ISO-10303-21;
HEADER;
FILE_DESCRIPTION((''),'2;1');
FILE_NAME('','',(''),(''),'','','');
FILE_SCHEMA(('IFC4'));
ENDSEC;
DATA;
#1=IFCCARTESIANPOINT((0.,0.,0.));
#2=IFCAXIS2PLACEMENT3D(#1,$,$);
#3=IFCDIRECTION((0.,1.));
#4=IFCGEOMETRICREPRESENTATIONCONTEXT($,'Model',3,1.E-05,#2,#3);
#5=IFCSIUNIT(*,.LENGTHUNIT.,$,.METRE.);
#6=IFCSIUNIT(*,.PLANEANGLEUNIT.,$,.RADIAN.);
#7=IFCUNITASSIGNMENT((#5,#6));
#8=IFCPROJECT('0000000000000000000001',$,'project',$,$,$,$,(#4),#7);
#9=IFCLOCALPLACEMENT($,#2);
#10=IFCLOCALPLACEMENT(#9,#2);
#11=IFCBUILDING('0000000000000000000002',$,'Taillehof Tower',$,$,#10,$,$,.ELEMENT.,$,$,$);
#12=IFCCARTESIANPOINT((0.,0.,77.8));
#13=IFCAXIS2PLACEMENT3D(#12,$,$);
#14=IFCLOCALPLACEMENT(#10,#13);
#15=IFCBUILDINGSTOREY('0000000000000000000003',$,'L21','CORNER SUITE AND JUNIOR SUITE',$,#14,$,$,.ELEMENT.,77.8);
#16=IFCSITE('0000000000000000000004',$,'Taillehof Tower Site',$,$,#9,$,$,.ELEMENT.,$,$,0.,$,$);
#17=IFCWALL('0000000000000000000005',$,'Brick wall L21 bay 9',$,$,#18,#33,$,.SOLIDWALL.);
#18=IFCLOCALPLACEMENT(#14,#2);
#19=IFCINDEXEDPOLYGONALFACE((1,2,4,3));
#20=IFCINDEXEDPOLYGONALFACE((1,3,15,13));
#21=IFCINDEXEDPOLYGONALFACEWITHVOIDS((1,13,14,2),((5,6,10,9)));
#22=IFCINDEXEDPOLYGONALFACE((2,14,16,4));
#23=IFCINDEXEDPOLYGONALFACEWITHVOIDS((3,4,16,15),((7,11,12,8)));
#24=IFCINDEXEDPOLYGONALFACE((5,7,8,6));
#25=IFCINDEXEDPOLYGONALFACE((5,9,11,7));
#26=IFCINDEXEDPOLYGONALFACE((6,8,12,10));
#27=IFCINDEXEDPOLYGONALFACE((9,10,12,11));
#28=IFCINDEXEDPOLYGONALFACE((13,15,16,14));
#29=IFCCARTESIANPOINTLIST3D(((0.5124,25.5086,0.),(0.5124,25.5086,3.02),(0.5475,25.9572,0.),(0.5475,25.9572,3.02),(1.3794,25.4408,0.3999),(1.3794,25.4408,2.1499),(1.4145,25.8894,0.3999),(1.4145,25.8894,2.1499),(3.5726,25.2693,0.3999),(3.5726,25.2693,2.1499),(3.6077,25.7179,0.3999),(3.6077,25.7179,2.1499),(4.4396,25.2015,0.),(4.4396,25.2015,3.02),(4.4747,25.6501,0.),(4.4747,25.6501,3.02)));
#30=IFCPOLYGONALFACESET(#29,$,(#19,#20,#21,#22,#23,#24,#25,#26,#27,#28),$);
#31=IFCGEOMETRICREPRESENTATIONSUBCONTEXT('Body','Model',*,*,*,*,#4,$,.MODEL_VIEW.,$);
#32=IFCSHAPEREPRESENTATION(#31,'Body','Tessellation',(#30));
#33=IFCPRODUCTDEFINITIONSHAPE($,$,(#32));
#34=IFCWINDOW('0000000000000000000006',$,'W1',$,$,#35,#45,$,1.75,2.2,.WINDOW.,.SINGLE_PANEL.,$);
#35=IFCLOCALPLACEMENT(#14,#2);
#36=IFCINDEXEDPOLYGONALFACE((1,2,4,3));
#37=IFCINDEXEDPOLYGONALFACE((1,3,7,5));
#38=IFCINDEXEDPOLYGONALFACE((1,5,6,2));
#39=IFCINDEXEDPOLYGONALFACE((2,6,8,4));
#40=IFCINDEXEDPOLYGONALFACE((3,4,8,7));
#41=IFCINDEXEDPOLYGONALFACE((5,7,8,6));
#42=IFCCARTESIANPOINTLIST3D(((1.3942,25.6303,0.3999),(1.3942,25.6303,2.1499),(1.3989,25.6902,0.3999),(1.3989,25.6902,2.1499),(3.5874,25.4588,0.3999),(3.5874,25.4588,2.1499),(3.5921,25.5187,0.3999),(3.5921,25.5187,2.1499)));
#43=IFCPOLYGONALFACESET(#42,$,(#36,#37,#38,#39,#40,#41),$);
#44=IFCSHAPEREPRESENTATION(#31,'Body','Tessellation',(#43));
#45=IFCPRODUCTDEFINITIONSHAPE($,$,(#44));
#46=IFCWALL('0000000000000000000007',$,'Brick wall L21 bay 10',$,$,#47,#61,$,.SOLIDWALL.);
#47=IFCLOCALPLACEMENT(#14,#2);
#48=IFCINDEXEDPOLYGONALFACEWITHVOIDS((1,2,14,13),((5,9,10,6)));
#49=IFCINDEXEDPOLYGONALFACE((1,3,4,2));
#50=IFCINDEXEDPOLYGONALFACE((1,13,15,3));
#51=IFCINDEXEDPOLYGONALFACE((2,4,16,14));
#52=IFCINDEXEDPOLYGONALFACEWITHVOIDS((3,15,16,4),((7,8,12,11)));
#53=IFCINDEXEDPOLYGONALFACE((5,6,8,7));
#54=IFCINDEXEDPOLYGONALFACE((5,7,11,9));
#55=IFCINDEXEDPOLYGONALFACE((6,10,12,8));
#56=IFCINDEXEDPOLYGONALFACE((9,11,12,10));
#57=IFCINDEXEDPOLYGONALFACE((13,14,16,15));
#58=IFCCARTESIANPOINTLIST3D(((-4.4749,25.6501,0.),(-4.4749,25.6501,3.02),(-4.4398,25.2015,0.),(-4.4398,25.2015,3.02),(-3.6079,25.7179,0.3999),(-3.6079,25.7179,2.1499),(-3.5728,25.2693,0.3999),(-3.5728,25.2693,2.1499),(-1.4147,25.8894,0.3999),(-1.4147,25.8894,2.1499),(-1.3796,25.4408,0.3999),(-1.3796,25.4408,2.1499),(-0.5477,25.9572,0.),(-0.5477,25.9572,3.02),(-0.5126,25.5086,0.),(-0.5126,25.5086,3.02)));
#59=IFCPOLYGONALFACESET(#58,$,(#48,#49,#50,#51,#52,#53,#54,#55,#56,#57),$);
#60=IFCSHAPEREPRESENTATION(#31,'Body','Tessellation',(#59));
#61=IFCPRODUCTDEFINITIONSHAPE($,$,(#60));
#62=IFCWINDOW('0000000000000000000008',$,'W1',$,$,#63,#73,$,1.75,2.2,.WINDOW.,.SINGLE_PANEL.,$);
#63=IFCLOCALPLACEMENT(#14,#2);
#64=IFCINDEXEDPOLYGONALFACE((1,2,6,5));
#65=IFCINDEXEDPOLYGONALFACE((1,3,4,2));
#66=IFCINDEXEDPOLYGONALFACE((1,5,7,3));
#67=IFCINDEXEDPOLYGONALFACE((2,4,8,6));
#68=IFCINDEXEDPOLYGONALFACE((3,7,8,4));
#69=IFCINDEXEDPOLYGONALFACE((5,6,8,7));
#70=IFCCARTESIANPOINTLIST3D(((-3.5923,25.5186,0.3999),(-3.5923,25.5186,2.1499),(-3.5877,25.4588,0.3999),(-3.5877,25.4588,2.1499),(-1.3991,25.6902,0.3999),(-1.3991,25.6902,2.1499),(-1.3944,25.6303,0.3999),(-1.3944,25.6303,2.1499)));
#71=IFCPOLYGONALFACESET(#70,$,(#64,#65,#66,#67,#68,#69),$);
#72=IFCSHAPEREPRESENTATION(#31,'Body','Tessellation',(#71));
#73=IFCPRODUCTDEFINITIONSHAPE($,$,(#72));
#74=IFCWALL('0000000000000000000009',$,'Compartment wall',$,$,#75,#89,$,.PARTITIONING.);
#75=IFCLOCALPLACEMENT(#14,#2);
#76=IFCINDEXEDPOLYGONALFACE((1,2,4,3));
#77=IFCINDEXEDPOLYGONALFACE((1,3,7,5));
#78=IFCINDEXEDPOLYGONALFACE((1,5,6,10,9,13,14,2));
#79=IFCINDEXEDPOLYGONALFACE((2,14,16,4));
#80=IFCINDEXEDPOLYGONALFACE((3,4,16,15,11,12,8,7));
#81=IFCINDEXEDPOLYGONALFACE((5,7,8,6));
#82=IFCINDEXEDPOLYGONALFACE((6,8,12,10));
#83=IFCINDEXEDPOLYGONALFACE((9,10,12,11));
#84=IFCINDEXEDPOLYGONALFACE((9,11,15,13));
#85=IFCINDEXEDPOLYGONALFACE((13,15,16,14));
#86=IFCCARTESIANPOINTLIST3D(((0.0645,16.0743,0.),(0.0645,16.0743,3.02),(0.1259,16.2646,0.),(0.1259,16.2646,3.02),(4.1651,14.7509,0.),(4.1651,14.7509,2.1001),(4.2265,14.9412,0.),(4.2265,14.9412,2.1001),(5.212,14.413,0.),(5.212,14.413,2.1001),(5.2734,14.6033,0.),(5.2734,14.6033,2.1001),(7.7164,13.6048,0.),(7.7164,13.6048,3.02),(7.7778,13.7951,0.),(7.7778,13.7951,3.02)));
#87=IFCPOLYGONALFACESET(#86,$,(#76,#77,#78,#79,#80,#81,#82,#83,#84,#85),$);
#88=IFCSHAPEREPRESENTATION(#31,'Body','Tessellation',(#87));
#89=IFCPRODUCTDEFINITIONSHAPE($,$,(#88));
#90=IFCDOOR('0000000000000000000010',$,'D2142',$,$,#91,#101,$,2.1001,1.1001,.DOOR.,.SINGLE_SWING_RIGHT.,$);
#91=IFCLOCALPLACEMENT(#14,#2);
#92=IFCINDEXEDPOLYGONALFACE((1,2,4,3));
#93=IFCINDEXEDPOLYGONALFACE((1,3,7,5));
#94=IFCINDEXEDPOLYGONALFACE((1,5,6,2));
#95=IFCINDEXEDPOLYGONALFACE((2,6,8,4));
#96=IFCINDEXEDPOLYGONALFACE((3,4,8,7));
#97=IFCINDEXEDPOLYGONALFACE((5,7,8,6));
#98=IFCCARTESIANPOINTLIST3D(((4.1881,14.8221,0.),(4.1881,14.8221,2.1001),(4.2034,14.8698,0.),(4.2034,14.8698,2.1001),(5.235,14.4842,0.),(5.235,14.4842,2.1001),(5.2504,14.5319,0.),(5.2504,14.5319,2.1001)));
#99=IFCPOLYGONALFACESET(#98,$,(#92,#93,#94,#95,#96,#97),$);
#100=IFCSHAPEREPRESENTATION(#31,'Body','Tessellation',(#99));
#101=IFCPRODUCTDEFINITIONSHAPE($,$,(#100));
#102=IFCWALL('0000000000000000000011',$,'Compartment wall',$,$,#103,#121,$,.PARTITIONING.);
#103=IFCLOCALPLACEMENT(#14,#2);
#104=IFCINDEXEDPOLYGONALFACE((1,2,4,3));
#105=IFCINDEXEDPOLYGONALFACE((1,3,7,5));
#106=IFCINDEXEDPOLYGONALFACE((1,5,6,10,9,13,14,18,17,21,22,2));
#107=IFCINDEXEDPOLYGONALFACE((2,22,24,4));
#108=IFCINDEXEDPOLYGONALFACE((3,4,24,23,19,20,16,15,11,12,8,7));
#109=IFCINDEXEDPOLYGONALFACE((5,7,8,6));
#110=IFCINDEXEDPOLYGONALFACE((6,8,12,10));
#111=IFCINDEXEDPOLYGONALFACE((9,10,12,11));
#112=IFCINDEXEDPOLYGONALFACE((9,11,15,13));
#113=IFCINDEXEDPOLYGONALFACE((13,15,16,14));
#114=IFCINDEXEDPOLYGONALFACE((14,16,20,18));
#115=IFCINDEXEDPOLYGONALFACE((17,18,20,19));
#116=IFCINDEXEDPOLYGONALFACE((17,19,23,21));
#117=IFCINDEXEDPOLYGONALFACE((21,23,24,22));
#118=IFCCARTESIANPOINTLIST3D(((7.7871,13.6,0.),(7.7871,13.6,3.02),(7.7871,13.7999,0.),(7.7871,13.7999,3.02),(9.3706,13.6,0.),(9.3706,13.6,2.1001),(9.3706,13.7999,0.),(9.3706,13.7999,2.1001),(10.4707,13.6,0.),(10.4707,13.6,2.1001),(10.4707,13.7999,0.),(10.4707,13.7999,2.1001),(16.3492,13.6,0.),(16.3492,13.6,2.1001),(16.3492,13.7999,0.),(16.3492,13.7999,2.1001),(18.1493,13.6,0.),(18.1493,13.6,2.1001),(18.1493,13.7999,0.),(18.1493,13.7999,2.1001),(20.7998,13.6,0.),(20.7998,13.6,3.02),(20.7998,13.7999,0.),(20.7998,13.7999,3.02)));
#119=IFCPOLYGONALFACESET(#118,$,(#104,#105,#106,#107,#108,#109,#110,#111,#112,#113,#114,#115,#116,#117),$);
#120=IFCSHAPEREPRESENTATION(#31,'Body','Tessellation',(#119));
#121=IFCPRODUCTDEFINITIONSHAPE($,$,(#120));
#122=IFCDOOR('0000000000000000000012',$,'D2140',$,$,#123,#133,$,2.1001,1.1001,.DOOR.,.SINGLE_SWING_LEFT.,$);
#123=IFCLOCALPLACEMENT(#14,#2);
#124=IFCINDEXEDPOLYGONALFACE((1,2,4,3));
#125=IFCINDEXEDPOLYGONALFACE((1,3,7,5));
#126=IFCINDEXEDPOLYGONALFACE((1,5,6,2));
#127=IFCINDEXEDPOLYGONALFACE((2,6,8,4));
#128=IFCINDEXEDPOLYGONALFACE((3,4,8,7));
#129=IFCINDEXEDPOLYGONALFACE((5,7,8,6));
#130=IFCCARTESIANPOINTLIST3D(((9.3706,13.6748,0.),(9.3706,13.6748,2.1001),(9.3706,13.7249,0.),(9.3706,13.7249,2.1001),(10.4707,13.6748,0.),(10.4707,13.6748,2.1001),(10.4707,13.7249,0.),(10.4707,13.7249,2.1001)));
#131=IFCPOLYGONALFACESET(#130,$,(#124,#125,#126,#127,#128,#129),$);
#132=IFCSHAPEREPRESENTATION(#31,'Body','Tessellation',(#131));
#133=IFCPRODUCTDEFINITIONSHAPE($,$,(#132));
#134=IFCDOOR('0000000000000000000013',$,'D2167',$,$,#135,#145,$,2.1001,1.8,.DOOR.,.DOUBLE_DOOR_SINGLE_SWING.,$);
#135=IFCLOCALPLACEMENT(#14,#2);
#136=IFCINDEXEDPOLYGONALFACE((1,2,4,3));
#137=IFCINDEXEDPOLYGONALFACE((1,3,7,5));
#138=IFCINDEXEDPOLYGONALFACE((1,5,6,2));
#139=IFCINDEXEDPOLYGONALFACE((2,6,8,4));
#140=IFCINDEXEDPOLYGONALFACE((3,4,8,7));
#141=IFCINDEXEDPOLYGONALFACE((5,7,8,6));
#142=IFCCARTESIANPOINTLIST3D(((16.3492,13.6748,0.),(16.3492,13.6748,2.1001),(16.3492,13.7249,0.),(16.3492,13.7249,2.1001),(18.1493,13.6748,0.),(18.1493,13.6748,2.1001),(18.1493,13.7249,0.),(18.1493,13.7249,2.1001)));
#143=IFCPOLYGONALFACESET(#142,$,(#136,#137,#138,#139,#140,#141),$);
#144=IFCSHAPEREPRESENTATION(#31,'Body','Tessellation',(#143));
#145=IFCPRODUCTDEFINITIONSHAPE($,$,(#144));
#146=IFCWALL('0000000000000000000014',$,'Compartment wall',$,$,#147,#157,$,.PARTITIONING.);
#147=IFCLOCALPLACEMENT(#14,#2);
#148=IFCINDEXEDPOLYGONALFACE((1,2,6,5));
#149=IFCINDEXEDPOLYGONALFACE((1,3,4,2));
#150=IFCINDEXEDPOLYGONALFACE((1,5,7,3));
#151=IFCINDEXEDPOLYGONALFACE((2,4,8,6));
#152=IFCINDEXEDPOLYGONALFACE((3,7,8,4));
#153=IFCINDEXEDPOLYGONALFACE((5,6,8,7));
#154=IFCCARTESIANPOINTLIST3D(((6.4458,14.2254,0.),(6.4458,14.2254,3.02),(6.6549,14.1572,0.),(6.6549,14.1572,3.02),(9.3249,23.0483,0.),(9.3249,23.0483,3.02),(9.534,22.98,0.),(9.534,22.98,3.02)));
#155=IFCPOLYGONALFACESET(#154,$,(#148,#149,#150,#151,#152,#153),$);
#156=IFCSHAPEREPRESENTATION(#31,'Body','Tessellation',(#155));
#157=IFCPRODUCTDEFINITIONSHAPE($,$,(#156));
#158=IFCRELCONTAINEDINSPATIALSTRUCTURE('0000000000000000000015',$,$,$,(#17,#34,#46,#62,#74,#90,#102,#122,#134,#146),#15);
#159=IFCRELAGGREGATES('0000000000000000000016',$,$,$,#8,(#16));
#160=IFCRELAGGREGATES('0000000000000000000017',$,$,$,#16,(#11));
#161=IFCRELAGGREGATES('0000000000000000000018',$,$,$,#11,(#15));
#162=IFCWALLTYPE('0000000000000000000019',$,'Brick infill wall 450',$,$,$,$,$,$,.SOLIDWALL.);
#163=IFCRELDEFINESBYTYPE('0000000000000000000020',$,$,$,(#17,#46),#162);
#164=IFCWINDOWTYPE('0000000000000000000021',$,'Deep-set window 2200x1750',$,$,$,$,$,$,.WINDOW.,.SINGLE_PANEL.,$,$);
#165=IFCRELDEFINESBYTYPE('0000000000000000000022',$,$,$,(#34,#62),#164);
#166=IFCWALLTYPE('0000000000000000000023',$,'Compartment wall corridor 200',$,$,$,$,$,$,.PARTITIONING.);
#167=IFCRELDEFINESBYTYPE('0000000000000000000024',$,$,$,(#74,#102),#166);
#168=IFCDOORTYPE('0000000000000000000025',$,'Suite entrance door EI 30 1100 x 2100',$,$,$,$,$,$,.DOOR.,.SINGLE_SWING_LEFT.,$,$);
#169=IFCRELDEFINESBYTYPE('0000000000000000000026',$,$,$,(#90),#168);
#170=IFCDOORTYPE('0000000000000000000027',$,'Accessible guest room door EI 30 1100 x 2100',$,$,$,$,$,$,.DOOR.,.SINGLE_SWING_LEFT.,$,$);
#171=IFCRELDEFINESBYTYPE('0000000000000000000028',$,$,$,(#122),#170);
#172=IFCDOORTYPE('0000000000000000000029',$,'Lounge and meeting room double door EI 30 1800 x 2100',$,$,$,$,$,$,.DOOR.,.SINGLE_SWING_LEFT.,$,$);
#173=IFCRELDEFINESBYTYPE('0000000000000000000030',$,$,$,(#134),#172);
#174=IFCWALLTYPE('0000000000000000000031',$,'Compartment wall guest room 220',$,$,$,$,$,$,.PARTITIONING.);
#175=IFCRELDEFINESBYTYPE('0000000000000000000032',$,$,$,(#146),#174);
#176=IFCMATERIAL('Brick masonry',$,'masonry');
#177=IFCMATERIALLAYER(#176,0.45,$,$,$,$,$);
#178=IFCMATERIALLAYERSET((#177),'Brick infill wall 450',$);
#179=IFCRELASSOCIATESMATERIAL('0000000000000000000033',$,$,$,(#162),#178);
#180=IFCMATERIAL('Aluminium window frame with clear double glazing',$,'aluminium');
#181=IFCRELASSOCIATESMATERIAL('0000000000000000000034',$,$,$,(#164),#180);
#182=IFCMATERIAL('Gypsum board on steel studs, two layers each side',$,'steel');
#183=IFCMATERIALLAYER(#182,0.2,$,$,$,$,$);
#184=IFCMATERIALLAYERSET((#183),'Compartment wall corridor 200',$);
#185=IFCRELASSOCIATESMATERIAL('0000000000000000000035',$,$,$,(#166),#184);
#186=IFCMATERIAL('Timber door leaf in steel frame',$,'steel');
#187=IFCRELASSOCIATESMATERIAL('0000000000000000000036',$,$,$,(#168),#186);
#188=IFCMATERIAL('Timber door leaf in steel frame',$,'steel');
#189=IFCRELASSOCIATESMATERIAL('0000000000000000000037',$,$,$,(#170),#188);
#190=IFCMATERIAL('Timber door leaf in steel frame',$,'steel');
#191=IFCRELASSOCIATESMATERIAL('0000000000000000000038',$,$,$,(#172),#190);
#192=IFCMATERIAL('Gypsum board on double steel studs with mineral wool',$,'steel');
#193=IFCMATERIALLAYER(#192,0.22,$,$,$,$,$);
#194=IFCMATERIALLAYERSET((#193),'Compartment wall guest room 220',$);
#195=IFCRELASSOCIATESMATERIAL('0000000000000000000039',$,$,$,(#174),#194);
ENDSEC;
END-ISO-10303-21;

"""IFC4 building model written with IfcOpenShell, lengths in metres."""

from ifc_helpers import new_model, si_unit, direction, frame, frame_2d, origin, place, context, subcontext, project, spatial, rectangle, extrude, material, layer, layer_set, type_object, element, fill, save


model = new_model("IFC4")

# Units and contexts
model_context = context("Model", 3, precision=1e-05, world=origin(), true_north=direction((0.0, 1.0)))
body_context = subcontext(model_context, "Body", "Model", "MODEL_VIEW")
ifc_project = project(units=[si_unit("LENGTHUNIT", "METRE"), si_unit("PLANEANGLEUNIT", "RADIAN")], contexts=[model_context])

# Site, building, storey
site_placement = place(None, origin())
site = spatial("IfcSite", under=ifc_project, at=site_placement, Name="Taillehof Tower Site", CompositionType="ELEMENT", RefElevation=0.0)
building_placement = place(site_placement, origin())
building = spatial("IfcBuilding", under=site, at=building_placement, Name="Taillehof Tower", CompositionType="ELEMENT")
storey_placement = place(building_placement, frame((0.0, 0.0, 77.8)))
storey = spatial("IfcBuildingStorey", under=building, at=storey_placement, Name="L21", Description="CORNER SUITE AND JUNIOR SUITE", CompositionType="ELEMENT", Elevation=77.8)

# Walls, openings, windows
ifc_material_1 = material(Name="Brick masonry", Category="masonry")
ifc_layer_1 = layer(ifc_material_1, 0.45)
ifc_layer_set_1 = layer_set([ifc_layer_1], Name="Brick infill wall 450")
wall_type_1 = type_object("IfcWallType", Name="Brick infill wall 450", PredefinedType="SOLIDWALL", material=ifc_layer_set_1)
ifc_material_2 = material(Name="Aluminium window frame with clear double glazing", Category="aluminium")
window_type = type_object("IfcWindowType", Name="Deep-set window 2200x1750", PartitioningType="SINGLE_PANEL", PredefinedType="WINDOW", material=ifc_material_2)
wall_1_placement = place(storey_placement, frame((4.4573, 25.4258, 0.0), z_axis=(0.0, 0.0, 1.0), x_axis=(-0.996956, 0.077967, 0.0)))
wall_1 = element("IfcWall", 1, at=wall_1_placement, inside=storey, type_object=wall_type_1, Name="Brick wall L21 bay 9", PredefinedType="SOLIDWALL", context=body_context, shape_type="SweptSolid", body=[
    extrude(rectangle(XDim=3.9392, YDim=0.45, at=frame_2d((1.9697, 0.0))), origin(), (0.0, 0.0, 1.0), 3.02),
])
opening_1_placement = place(wall_1_placement, frame((0.8696, 0.0, 0.3999)))
opening_1 = element("IfcOpeningElement", 2, at=opening_1_placement, cuts=wall_1, PredefinedType="OPENING", context=body_context, shape_type="SweptSolid", body=[
    extrude(rectangle(XDim=2.2, YDim=1.75, at=frame_2d((1.1001, 0.875))), frame((0.0, 0.2349, 0.0), z_axis=(0.0, -1.0, 0.0), x_axis=(1.0, 0.0, 0.0)), (0.0, 0.0, 1.0), 0.47),
])
window_1_placement = place(opening_1_placement, origin())
window_1 = element("IfcWindow", 3, at=window_1_placement, inside=storey, type_object=window_type, Name="W1", OverallHeight=1.75, OverallWidth=2.2, PartitioningType="SINGLE_PANEL", PredefinedType="WINDOW", context=body_context, shape_type="SweptSolid", body=[
    extrude(rectangle(XDim=2.2, YDim=1.75, at=frame_2d((1.1001, 0.875))), frame((0.0, 0.0349, 0.0), z_axis=(0.0, -1.0, 0.0), x_axis=(1.0, 0.0, 0.0)), (0.0, 0.0, 1.0), 0.0601),
])
fill(opening_1, window_1)
wall_2_placement = place(storey_placement, frame((-0.53, 25.7329, 0.0), z_axis=(0.0, 0.0, 1.0), x_axis=(-0.996956, -0.077967, 0.0)))
wall_2 = element("IfcWall", 4, at=wall_2_placement, inside=storey, type_object=wall_type_1, Name="Brick wall L21 bay 10", PredefinedType="SOLIDWALL", context=body_context, shape_type="SweptSolid", body=[
    extrude(rectangle(XDim=3.9392, YDim=0.45, at=frame_2d((1.9697, 0.0))), origin(), (0.0, 0.0, 1.0), 3.02),
])
opening_2_placement = place(wall_2_placement, frame((0.8696, 0.0, 0.3999)))
opening_2 = element("IfcOpeningElement", 5, at=opening_2_placement, cuts=wall_2, PredefinedType="OPENING", context=body_context, shape_type="SweptSolid", body=[
    extrude(rectangle(XDim=2.2, YDim=1.75, at=frame_2d((1.1001, 0.875))), frame((0.0, 0.2349, 0.0), z_axis=(0.0, -1.0, 0.0), x_axis=(1.0, 0.0, 0.0)), (0.0, 0.0, 1.0), 0.47),
])
window_2_placement = place(opening_2_placement, origin())
window_2 = element("IfcWindow", 6, at=window_2_placement, inside=storey, type_object=window_type, Name="W1", OverallHeight=1.75, OverallWidth=2.2, PartitioningType="SINGLE_PANEL", PredefinedType="WINDOW", context=body_context, shape_type="SweptSolid", body=[
    extrude(rectangle(XDim=2.2, YDim=1.75, at=frame_2d((1.1001, 0.875))), frame((0.0, 0.0349, 0.0), z_axis=(0.0, -1.0, 0.0), x_axis=(1.0, 0.0, 0.0)), (0.0, 0.0, 1.0), 0.0601),
])
fill(opening_2, window_2)

# Wall, opening, door
ifc_material_3 = material(Name="Gypsum board on steel studs, two layers each side", Category="steel")
ifc_layer_2 = layer(ifc_material_3, 0.2)
ifc_layer_set_2 = layer_set([ifc_layer_2], Name="Compartment wall corridor 200")
wall_type_2 = type_object("IfcWallType", Name="Compartment wall corridor 200", PredefinedType="PARTITIONING", material=ifc_layer_set_2)
wall_3_placement = place(storey_placement, frame((0.0952, 16.1694, 0.0), z_axis=(0.0, 0.0, 1.0), x_axis=(0.951667, -0.307131, 0.0)))
wall_3 = element("IfcWall", 7, at=wall_3_placement, inside=storey, type_object=wall_type_2, Name="Compartment wall", PredefinedType="PARTITIONING", context=body_context, shape_type="SweptSolid", body=[
    extrude(rectangle(XDim=8.0405, YDim=0.2, at=frame_2d((4.0203, 0.0))), origin(), (0.0, 0.0, 1.0), 3.02),
])
opening_3_placement = place(wall_3_placement, frame((4.3088, 0.0, 0.0)))
opening_3 = element("IfcOpeningElement", 8, at=opening_3_placement, cuts=wall_3, PredefinedType="OPENING", context=body_context, shape_type="SweptSolid", body=[
    extrude(rectangle(XDim=1.1001, YDim=2.1001, at=frame_2d((0.55, 1.05))), frame((0.0, 0.1099, 0.0), z_axis=(0.0, -1.0, 0.0), x_axis=(1.0, 0.0, 0.0)), (0.0, 0.0, 1.0), 0.22),
])
ifc_material_4 = material(Name="Timber door leaf in steel frame", Category="steel")
door_type_1 = type_object("IfcDoorType", Name="Suite entrance door EI 30 1100 x 2100", OperationType="SINGLE_SWING_LEFT", PredefinedType="DOOR", material=ifc_material_4)
door_1_placement = place(opening_3_placement, origin())
door_1 = element("IfcDoor", 9, at=door_1_placement, inside=storey, type_object=door_type_1, Name="D2142", OperationType="SINGLE_SWING_RIGHT", OverallHeight=2.1001, OverallWidth=1.1001, PredefinedType="DOOR", context=body_context, shape_type="SweptSolid", body=[
    extrude(rectangle(XDim=1.1001, YDim=2.1001, at=frame_2d((0.55, 1.05))), frame((0.0, 0.0249, 0.0), z_axis=(0.0, -1.0, 0.0), x_axis=(1.0, 0.0, 0.0)), (0.0, 0.0, 1.0), 0.05),
])
fill(opening_3, door_1)

# Wall, openings, doors
wall_4_placement = place(storey_placement, frame((7.7871, 13.7, 0.0), z_axis=(0.0, 0.0, 1.0), x_axis=(1.0, 0.0, 0.0)))
wall_4 = element("IfcWall", 10, at=wall_4_placement, inside=storey, type_object=wall_type_2, Name="Compartment wall", PredefinedType="PARTITIONING", context=body_context, shape_type="SweptSolid", body=[
    extrude(rectangle(XDim=13.0127, YDim=0.2, at=frame_2d((6.5063, 0.0))), origin(), (0.0, 0.0, 1.0), 3.02),
])
opening_4_placement = place(wall_4_placement, frame((1.5835, 0.0, 0.0)))
opening_4 = element("IfcOpeningElement", 11, at=opening_4_placement, cuts=wall_4, PredefinedType="OPENING", context=body_context, shape_type="SweptSolid", body=[
    extrude(rectangle(XDim=1.1001, YDim=2.1001, at=frame_2d((0.55, 1.05))), frame((0.0, 0.1099, 0.0), z_axis=(0.0, -1.0, 0.0), x_axis=(1.0, 0.0, 0.0)), (0.0, 0.0, 1.0), 0.22),
])
opening_5_placement = place(wall_4_placement, frame((8.5623, 0.0, 0.0)))
opening_5 = element("IfcOpeningElement", 12, at=opening_5_placement, cuts=wall_4, PredefinedType="OPENING", context=body_context, shape_type="SweptSolid", body=[
    extrude(rectangle(XDim=1.8, YDim=2.1001, at=frame_2d((0.8999, 1.05))), frame((0.0, 0.1099, 0.0), z_axis=(0.0, -1.0, 0.0), x_axis=(1.0, 0.0, 0.0)), (0.0, 0.0, 1.0), 0.22),
])
ifc_material_5 = material(Name="Timber door leaf in steel frame", Category="steel")
door_type_2 = type_object("IfcDoorType", Name="Accessible guest room door EI 30 1100 x 2100", OperationType="SINGLE_SWING_LEFT", PredefinedType="DOOR", material=ifc_material_5)
door_2_placement = place(opening_4_placement, origin())
door_2 = element("IfcDoor", 13, at=door_2_placement, inside=storey, type_object=door_type_2, Name="D2140", OperationType="SINGLE_SWING_LEFT", OverallHeight=2.1001, OverallWidth=1.1001, PredefinedType="DOOR", context=body_context, shape_type="SweptSolid", body=[
    extrude(rectangle(XDim=1.1001, YDim=2.1001, at=frame_2d((0.55, 1.05))), frame((0.0, 0.0249, 0.0), z_axis=(0.0, -1.0, 0.0), x_axis=(1.0, 0.0, 0.0)), (0.0, 0.0, 1.0), 0.05),
])
fill(opening_4, door_2)
ifc_material_6 = material(Name="Timber door leaf in steel frame", Category="steel")
door_type_3 = type_object("IfcDoorType", Name="Lounge and meeting room double door EI 30 1800 x 2100", OperationType="SINGLE_SWING_LEFT", PredefinedType="DOOR", material=ifc_material_6)
door_3_placement = place(opening_5_placement, origin())
door_3 = element("IfcDoor", 14, at=door_3_placement, inside=storey, type_object=door_type_3, Name="D2167", OperationType="DOUBLE_DOOR_SINGLE_SWING", OverallHeight=2.1001, OverallWidth=1.8, PredefinedType="DOOR", context=body_context, shape_type="SweptSolid", body=[
    extrude(rectangle(XDim=1.8, YDim=2.1001, at=frame_2d((0.8999, 1.05))), frame((0.0, 0.0249, 0.0), z_axis=(0.0, -1.0, 0.0), x_axis=(1.0, 0.0, 0.0)), (0.0, 0.0, 1.0), 0.05),
])
fill(opening_5, door_3)

# Wall
ifc_material_7 = material(Name="Gypsum board on double steel studs with mineral wool", Category="steel")
ifc_layer_3 = layer(ifc_material_7, 0.22)
ifc_layer_set_3 = layer_set([ifc_layer_3], Name="Compartment wall guest room 220")
wall_type_3 = type_object("IfcWallType", Name="Compartment wall guest room 220", PredefinedType="PARTITIONING", material=ifc_layer_set_3)
wall_5_placement = place(storey_placement, frame((9.4294, 23.0142, 0.0), z_axis=(0.0, 0.0, 1.0), x_axis=(-0.310224, -0.950664, 0.0)))
element("IfcWall", 15, at=wall_5_placement, inside=storey, type_object=wall_type_3, Name="Compartment wall", PredefinedType="PARTITIONING", context=body_context, shape_type="SweptSolid", body=[
    extrude(rectangle(XDim=9.2808, YDim=0.22, at=frame_2d((4.6404, 0.0))), origin(), (0.0, 0.0, 1.0), 3.02),
])

save(model, "model.ifc")
